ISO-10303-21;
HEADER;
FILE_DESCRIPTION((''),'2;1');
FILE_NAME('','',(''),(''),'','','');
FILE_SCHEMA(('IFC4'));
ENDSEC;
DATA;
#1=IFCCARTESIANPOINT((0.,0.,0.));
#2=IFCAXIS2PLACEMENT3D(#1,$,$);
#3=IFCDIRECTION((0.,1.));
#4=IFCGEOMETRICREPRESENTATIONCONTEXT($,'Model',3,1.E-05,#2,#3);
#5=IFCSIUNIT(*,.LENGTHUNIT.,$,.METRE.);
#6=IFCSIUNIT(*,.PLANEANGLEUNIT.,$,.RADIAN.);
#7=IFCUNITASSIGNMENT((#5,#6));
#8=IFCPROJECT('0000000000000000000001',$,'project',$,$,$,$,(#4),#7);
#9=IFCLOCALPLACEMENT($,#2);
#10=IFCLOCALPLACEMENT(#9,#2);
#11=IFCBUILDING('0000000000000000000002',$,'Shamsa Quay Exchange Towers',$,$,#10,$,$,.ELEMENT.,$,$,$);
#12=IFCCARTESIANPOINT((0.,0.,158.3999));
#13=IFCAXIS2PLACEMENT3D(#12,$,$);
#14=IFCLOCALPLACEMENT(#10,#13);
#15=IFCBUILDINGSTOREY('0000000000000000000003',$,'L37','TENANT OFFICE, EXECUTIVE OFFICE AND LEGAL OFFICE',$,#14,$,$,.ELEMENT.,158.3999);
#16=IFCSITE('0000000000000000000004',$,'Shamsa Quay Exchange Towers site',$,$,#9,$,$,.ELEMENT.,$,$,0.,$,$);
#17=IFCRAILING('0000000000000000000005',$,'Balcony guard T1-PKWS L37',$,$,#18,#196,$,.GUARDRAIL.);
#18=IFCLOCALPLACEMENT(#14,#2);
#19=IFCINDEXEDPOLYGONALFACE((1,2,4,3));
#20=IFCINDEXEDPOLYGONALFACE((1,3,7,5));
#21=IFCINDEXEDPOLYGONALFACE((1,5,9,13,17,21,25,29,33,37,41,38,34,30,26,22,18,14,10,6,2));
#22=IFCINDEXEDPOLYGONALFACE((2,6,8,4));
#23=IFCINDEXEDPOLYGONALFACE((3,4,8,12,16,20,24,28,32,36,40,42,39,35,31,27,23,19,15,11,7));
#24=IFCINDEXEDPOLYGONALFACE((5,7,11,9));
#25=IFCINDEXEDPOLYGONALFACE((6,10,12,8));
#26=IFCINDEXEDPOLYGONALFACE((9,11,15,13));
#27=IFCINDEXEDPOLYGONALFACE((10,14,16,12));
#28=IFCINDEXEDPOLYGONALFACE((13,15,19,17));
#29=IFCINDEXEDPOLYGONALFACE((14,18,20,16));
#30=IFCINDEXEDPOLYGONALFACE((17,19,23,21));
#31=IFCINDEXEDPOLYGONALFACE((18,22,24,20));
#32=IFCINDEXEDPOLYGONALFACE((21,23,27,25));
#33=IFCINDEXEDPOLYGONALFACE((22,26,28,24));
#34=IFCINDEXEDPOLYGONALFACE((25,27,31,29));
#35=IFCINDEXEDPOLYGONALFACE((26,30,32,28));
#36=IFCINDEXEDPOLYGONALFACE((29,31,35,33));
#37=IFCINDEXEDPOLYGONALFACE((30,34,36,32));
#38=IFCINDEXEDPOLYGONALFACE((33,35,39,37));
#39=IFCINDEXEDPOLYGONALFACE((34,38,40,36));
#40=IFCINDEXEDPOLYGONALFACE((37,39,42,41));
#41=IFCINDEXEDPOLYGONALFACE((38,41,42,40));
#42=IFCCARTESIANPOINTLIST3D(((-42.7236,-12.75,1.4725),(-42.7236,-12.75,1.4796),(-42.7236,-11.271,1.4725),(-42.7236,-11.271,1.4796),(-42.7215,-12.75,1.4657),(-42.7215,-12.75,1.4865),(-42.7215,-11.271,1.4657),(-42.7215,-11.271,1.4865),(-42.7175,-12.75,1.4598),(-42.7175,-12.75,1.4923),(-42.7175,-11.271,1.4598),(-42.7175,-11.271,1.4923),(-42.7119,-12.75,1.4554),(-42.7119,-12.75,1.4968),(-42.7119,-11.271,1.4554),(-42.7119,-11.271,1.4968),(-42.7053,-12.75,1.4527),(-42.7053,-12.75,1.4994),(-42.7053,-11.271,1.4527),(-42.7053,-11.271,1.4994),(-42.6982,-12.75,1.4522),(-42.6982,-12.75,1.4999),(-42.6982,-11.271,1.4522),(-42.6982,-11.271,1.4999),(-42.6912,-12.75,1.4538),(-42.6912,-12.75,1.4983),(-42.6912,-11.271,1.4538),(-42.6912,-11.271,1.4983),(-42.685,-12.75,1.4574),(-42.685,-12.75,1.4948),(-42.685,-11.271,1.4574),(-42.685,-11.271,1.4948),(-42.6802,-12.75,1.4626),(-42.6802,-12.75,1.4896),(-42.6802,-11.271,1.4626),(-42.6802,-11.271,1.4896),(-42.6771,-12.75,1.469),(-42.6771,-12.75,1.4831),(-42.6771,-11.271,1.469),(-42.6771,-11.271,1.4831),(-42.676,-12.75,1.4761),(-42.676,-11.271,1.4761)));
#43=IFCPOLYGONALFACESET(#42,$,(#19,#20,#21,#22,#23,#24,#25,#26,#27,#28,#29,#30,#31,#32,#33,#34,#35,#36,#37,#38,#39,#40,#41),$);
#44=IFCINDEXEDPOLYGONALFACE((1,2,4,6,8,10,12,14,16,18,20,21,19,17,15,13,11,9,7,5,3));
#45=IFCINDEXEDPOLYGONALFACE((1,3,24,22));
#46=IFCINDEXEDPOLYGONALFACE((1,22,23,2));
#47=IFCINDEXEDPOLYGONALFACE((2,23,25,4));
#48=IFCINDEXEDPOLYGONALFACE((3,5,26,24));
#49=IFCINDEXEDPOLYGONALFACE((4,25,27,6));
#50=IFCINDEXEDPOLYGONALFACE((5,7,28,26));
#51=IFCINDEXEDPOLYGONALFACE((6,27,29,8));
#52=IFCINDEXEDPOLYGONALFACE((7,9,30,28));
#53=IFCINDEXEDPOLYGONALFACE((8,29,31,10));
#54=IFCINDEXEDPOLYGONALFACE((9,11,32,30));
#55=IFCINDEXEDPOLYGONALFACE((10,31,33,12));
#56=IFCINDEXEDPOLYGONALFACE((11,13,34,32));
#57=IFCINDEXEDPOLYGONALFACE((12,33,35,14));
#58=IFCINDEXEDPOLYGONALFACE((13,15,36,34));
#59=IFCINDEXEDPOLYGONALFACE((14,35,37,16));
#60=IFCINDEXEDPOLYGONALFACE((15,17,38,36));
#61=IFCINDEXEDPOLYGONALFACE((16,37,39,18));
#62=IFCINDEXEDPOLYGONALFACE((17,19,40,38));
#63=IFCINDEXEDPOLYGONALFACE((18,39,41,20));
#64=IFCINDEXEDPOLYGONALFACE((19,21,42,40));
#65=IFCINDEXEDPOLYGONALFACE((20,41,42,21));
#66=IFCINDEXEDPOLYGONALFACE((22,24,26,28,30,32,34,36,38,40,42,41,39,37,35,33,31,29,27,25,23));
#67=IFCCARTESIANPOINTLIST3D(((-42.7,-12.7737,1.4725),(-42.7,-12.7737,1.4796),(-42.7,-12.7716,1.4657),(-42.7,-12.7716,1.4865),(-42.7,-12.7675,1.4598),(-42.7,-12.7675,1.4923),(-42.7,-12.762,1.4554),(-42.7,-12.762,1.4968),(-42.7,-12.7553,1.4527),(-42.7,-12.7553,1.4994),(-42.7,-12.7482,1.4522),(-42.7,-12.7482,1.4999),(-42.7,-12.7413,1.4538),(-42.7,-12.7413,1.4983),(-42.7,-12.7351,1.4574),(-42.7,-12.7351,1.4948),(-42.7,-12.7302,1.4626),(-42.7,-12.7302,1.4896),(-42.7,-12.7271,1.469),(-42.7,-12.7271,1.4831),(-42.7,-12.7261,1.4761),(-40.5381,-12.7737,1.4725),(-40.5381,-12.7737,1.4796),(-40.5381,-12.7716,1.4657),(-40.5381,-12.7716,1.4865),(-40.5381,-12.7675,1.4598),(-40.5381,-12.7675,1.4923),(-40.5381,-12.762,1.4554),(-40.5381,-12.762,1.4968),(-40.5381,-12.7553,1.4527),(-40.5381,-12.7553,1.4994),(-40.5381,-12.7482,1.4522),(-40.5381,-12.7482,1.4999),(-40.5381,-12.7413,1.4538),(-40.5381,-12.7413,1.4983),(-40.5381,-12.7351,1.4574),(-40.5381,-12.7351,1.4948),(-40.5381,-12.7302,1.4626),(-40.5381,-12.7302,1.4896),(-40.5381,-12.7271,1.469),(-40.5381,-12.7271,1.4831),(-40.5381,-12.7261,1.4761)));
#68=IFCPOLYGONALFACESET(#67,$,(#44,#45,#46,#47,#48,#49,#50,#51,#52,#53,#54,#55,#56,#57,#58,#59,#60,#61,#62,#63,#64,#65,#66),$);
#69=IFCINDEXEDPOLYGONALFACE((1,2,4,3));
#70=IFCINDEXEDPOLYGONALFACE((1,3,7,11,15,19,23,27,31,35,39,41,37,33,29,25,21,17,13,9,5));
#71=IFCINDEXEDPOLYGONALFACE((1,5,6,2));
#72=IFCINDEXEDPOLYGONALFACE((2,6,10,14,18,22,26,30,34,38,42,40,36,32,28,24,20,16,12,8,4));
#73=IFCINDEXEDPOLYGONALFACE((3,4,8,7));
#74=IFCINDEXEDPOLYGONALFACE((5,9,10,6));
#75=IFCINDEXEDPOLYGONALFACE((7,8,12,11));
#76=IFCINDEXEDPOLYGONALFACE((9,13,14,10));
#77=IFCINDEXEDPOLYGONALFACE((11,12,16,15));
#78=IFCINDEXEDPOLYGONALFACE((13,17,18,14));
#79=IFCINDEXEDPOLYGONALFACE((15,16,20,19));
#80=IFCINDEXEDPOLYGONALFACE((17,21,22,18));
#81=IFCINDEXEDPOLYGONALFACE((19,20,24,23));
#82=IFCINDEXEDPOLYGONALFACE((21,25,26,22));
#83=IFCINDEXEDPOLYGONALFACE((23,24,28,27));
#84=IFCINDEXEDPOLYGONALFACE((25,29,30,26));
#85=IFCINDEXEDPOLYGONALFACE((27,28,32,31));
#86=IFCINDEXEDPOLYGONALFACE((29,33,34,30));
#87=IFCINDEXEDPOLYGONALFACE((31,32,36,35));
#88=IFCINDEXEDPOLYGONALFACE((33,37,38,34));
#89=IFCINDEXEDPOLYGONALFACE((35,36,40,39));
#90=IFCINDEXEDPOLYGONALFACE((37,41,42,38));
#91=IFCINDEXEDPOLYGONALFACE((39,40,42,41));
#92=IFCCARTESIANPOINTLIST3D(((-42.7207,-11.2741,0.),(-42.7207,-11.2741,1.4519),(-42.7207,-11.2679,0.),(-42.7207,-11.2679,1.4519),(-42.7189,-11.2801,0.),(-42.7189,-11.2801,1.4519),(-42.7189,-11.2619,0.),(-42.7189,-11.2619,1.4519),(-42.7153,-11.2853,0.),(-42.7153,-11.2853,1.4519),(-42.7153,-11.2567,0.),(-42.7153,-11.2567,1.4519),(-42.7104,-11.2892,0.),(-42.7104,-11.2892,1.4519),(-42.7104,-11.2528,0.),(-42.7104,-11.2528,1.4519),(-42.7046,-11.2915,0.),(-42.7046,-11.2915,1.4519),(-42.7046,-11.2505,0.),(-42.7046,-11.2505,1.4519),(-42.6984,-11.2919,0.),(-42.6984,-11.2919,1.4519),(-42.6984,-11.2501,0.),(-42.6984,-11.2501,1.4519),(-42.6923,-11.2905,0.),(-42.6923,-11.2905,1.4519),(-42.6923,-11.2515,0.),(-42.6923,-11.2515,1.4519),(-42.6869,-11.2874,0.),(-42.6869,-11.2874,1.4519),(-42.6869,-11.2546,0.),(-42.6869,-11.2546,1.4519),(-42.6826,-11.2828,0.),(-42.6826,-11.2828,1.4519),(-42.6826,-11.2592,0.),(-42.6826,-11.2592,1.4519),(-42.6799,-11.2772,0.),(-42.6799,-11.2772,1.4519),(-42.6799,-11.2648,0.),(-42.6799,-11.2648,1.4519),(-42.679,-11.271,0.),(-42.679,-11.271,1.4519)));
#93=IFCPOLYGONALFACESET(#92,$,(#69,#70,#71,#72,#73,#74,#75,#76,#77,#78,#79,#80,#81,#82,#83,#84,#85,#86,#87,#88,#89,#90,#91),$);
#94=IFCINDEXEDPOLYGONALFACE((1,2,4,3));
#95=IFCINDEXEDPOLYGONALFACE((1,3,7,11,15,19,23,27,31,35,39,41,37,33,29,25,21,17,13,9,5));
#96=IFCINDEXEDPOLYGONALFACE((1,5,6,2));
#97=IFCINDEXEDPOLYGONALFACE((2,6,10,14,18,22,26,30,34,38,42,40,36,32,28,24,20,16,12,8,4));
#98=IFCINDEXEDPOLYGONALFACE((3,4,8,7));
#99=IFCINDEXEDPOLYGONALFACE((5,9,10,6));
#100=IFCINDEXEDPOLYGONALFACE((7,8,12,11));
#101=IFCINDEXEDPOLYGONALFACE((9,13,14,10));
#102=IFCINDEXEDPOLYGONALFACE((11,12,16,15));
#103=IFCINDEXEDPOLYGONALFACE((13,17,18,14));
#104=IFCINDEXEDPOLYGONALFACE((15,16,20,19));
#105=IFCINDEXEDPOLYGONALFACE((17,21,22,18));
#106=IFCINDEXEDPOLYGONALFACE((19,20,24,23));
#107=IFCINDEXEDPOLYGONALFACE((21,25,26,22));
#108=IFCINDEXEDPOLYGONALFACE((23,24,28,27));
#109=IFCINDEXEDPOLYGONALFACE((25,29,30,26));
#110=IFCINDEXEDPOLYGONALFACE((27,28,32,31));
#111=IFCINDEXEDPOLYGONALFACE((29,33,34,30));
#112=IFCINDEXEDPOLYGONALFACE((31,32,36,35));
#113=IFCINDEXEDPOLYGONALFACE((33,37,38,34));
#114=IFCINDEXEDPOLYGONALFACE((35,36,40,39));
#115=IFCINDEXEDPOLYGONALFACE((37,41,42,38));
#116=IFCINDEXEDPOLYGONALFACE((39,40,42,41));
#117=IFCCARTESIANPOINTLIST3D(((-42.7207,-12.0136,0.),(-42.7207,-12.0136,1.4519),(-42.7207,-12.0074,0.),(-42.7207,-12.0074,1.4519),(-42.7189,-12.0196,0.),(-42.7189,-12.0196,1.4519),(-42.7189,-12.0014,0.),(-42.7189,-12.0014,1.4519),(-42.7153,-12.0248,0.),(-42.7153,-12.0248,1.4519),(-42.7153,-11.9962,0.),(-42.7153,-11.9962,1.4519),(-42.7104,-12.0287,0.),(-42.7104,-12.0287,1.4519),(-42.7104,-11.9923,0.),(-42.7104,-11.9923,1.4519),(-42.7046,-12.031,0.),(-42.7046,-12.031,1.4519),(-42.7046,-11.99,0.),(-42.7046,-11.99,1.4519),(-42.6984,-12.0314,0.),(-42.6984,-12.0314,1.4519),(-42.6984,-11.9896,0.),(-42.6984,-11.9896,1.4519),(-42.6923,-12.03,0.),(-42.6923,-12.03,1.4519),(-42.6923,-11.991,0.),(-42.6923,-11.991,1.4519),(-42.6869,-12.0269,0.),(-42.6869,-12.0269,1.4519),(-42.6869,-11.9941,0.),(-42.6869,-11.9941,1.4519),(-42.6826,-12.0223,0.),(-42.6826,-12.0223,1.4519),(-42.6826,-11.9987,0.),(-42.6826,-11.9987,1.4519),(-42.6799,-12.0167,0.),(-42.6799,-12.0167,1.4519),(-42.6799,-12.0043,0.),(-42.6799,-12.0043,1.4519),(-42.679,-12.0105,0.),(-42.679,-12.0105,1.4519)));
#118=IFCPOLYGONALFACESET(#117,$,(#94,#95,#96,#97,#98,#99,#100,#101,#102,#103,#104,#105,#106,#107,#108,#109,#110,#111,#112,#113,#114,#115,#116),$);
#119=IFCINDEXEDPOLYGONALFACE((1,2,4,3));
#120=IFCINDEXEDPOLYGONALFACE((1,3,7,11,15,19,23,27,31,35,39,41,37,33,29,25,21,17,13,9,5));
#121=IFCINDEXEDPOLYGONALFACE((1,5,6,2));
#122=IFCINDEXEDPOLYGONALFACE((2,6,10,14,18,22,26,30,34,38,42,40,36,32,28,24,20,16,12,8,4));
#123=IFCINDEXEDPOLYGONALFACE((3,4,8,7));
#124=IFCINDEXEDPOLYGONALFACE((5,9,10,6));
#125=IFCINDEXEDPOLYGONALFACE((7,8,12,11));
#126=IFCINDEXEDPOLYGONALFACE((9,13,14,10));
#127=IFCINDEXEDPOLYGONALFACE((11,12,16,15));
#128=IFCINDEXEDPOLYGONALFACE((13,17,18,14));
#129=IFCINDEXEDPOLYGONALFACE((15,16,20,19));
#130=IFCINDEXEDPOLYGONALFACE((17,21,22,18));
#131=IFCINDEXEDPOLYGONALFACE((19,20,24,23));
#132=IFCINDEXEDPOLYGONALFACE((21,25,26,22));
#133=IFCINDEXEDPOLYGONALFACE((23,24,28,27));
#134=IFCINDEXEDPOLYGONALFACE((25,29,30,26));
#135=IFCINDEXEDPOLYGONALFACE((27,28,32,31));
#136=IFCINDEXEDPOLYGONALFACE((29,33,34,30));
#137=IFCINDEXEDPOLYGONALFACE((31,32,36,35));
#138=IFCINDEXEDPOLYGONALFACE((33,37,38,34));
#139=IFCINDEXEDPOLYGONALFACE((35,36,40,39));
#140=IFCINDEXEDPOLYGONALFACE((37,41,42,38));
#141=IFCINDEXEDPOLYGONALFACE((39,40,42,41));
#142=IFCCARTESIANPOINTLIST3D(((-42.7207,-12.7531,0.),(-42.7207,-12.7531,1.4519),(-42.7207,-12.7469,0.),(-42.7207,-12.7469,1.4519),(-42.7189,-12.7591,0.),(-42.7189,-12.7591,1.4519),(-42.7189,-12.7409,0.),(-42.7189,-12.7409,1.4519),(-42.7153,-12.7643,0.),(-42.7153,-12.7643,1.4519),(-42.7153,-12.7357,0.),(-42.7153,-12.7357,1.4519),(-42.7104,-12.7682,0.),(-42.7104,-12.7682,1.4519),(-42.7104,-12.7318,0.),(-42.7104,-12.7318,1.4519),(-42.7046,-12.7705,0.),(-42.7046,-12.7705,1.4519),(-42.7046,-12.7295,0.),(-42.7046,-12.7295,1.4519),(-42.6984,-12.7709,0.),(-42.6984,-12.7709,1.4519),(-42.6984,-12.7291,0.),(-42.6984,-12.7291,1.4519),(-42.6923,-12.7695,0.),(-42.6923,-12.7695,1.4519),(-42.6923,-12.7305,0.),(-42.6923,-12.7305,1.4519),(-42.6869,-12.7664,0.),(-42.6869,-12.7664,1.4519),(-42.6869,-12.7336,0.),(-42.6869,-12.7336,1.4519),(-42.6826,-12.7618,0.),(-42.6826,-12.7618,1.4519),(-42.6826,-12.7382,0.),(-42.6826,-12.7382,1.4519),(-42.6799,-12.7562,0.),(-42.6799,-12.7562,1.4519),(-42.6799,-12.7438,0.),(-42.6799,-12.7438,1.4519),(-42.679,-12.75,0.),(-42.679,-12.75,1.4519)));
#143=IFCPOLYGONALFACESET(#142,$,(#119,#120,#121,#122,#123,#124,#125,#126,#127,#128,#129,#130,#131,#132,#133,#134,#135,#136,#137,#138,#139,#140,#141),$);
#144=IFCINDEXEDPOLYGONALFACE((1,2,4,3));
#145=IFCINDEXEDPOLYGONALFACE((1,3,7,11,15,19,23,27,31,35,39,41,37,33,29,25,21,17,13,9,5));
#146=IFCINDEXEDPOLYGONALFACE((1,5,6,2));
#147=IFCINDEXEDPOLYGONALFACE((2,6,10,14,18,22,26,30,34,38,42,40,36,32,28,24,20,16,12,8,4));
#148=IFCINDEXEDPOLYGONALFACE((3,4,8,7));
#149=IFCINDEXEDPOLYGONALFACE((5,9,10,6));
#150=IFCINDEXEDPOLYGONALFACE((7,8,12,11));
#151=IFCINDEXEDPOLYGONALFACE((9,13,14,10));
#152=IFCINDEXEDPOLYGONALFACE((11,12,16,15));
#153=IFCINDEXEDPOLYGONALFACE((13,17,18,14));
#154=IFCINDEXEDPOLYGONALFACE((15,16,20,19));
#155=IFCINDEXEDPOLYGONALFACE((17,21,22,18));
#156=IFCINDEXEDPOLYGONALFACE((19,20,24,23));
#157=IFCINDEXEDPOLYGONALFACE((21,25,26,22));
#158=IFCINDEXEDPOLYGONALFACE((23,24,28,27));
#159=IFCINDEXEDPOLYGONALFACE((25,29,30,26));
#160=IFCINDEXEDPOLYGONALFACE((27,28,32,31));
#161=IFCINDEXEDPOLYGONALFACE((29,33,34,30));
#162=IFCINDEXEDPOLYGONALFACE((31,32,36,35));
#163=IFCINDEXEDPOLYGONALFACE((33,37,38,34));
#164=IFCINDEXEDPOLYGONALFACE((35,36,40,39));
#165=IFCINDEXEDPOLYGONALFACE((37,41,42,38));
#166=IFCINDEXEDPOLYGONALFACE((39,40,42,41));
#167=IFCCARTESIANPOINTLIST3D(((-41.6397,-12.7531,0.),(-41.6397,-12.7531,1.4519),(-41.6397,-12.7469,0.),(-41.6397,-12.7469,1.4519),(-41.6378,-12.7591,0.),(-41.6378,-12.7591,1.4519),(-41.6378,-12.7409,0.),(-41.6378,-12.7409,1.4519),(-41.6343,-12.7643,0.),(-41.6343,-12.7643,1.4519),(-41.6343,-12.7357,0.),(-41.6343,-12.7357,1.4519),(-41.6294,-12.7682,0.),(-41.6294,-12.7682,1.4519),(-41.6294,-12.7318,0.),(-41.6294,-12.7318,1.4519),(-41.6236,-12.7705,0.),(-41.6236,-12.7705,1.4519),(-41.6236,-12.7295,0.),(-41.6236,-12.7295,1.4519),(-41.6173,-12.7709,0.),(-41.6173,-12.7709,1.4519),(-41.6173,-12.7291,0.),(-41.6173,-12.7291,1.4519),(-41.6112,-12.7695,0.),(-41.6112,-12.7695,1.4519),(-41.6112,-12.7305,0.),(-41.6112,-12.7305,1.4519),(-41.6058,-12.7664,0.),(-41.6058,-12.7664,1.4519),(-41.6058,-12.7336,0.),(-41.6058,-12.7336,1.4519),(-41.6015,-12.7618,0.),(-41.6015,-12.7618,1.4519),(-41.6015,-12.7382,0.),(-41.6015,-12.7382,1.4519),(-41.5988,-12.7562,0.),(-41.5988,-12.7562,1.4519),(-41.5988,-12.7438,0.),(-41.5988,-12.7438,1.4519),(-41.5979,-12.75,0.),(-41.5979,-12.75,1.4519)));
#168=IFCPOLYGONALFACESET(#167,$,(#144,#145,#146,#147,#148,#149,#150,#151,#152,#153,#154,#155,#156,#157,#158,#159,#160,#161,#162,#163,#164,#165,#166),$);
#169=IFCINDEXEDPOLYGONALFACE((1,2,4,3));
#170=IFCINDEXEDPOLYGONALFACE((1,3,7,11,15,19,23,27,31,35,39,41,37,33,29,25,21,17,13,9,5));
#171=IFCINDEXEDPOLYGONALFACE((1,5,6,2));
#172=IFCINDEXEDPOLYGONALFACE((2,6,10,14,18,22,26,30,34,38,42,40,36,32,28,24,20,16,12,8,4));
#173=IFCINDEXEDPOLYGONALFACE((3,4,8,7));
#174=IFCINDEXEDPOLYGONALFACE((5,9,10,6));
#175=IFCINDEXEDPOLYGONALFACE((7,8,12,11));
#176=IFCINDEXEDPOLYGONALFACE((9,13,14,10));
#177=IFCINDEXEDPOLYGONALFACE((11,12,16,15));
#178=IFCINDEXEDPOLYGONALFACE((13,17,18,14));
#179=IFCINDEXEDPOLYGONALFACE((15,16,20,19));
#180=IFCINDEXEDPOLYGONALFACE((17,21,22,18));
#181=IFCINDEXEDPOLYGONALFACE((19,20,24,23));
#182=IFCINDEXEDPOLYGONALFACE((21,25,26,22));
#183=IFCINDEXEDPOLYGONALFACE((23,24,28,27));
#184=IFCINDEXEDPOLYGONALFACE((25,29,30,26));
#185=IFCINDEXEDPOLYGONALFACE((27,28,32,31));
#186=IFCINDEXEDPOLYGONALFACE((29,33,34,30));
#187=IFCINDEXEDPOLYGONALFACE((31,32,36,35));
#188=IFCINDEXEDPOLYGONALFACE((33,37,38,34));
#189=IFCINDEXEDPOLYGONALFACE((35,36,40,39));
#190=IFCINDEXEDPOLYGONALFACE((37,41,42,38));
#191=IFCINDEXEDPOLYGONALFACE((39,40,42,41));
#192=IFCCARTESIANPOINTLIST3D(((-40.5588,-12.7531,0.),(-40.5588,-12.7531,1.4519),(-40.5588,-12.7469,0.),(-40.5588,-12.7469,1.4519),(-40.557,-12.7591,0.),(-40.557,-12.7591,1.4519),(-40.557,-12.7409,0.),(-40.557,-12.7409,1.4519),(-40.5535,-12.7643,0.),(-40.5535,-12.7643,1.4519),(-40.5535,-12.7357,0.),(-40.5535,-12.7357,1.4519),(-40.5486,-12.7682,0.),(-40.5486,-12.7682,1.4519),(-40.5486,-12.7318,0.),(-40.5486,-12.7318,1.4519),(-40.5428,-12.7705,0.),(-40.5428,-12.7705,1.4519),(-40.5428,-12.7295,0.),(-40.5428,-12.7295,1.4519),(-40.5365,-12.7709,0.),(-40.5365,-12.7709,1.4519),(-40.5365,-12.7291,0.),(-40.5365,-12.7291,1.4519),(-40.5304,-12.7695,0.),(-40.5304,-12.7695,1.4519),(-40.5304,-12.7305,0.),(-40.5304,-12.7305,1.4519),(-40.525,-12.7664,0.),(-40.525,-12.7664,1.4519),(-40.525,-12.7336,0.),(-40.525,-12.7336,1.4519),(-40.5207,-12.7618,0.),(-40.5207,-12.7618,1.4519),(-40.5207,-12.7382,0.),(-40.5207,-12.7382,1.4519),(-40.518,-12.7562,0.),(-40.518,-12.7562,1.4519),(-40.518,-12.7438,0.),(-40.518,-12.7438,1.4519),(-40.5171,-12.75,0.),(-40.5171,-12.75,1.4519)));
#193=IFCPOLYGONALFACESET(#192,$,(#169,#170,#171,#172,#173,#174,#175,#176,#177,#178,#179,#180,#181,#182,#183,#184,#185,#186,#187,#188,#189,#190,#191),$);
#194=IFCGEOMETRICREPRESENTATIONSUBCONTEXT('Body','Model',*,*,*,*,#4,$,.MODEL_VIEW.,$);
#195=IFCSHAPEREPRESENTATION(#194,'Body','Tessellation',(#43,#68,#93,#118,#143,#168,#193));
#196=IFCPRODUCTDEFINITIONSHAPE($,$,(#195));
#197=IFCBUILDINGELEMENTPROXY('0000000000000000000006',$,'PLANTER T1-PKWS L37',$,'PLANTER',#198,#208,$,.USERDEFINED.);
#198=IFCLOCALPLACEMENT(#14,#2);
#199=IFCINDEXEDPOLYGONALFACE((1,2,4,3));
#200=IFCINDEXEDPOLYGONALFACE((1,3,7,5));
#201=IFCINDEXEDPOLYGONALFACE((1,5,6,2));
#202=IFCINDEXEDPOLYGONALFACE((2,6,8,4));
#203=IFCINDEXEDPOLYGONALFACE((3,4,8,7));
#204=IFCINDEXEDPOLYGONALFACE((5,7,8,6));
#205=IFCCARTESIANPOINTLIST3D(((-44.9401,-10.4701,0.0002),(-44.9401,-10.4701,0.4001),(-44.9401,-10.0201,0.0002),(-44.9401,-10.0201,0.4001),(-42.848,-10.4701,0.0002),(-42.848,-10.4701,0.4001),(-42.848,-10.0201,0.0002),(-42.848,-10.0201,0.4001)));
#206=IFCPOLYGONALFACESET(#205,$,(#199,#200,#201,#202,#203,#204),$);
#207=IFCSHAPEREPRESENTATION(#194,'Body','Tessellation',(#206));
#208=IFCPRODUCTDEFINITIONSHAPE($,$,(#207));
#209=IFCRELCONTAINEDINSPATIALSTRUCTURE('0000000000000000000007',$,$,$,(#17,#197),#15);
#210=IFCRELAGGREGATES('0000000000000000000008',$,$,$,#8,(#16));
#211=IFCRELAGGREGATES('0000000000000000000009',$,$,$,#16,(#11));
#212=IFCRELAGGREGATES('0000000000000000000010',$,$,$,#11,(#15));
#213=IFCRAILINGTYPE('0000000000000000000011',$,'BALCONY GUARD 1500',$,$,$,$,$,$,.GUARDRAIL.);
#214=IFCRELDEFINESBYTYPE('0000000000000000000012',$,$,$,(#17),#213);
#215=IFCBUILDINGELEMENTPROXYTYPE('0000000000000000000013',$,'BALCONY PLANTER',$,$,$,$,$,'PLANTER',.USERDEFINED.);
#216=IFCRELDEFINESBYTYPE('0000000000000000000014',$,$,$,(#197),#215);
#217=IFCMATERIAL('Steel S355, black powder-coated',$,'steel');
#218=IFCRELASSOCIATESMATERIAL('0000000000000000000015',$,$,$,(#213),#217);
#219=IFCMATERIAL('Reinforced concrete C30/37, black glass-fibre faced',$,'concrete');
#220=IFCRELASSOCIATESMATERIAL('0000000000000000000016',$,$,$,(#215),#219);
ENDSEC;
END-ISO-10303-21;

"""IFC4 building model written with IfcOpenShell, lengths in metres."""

from ifc_helpers import new_model, si_unit, direction, frame, origin, origin_2d, place, context, subcontext, project, spatial, rectangle, circle, extrude, material, type_object, element, save


model = new_model("IFC4")

# Units and contexts
model_context = context("Model", 3, precision=1e-05, world=origin(), true_north=direction((0.0, 1.0)))
body_context = subcontext(model_context, "Body", "Model", "MODEL_VIEW")
ifc_project = project(units=[si_unit("LENGTHUNIT", "METRE"), si_unit("PLANEANGLEUNIT", "RADIAN")], contexts=[model_context])

# Site, building, storey
site_placement = place(None, origin())
site = spatial("IfcSite", under=ifc_project, at=site_placement, Name="Shamsa Quay Exchange Towers site", CompositionType="ELEMENT", RefElevation=0.0)
building_placement = place(site_placement, origin())
building = spatial("IfcBuilding", under=site, at=building_placement, Name="Shamsa Quay Exchange Towers", CompositionType="ELEMENT")
storey_placement = place(building_placement, frame((0.0, 0.0, 158.3999)))
storey = spatial("IfcBuildingStorey", under=building, at=storey_placement, Name="L37", Description="TENANT OFFICE, EXECUTIVE OFFICE AND LEGAL OFFICE", CompositionType="ELEMENT", Elevation=158.3999)

# Railing
ifc_material_1 = material(Name="Steel S355, black powder-coated", Category="steel")
railing_type = type_object("IfcRailingType", Name="BALCONY GUARD 1500", PredefinedType="GUARDRAIL", material=ifc_material_1)
for number, where, name in (
    (1, (-42.7, -11.271, 0.0), "Balcony guard T1-PKWS L37"),
):
    element("IfcRailing", number, at=place(storey_placement, frame(where)), inside=storey, type_object=railing_type, Name=name, PredefinedType="GUARDRAIL", context=body_context, shape_type="SweptSolid", body=[
        extrude(circle(Radius=0.0239, at=origin_2d()), frame((0.0, 0.0, 1.4761), z_axis=(0.0, -1.0, 0.0), x_axis=(1.0, 0.0, 0.0)), (0.0, 0.0, 1.0), 1.479),
        extrude(circle(Radius=0.0239, at=origin_2d()), frame((0.0, -1.479, 1.4761), z_axis=(1.0, 0.0, 0.0), x_axis=(0.0, 1.0, 0.0)), (0.0, 0.0, 1.0), 2.1619),
        extrude(circle(Radius=0.021, at=origin_2d()), origin(), (0.0, 0.0, 1.0), 1.4519),
        extrude(circle(Radius=0.021, at=origin_2d()), frame((0.0, -0.7395, 0.0)), (0.0, 0.0, 1.0), 1.4519),
        extrude(circle(Radius=0.021, at=origin_2d()), frame((0.0, -1.479, 0.0)), (0.0, 0.0, 1.0), 1.4519),
        extrude(circle(Radius=0.021, at=origin_2d()), frame((1.0811, -1.479, 0.0)), (0.0, 0.0, 1.0), 1.4519),
        extrude(circle(Radius=0.021, at=origin_2d()), frame((2.1619, -1.479, 0.0)), (0.0, 0.0, 1.0), 1.4519),
    ])

# Building element proxy
ifc_material_2 = material(Name="Reinforced concrete C30/37, black glass-fibre faced", Category="concrete")
building_element_proxy_type = type_object("IfcBuildingElementProxyType", Name="BALCONY PLANTER", ElementType="PLANTER", PredefinedType="USERDEFINED", material=ifc_material_2)
proxy_placement = place(storey_placement, frame((-43.894, -10.2451, 0.0002)))
element("IfcBuildingElementProxy", 2, at=proxy_placement, inside=storey, type_object=building_element_proxy_type, Name="PLANTER T1-PKWS L37", ObjectType="PLANTER", PredefinedType="USERDEFINED", context=body_context, shape_type="SweptSolid", body=[
    extrude(rectangle(XDim=2.092, YDim=0.45, at=origin_2d()), origin(), (0.0, 0.0, 1.0), 0.3999),
])

save(model, "model.ifc")
